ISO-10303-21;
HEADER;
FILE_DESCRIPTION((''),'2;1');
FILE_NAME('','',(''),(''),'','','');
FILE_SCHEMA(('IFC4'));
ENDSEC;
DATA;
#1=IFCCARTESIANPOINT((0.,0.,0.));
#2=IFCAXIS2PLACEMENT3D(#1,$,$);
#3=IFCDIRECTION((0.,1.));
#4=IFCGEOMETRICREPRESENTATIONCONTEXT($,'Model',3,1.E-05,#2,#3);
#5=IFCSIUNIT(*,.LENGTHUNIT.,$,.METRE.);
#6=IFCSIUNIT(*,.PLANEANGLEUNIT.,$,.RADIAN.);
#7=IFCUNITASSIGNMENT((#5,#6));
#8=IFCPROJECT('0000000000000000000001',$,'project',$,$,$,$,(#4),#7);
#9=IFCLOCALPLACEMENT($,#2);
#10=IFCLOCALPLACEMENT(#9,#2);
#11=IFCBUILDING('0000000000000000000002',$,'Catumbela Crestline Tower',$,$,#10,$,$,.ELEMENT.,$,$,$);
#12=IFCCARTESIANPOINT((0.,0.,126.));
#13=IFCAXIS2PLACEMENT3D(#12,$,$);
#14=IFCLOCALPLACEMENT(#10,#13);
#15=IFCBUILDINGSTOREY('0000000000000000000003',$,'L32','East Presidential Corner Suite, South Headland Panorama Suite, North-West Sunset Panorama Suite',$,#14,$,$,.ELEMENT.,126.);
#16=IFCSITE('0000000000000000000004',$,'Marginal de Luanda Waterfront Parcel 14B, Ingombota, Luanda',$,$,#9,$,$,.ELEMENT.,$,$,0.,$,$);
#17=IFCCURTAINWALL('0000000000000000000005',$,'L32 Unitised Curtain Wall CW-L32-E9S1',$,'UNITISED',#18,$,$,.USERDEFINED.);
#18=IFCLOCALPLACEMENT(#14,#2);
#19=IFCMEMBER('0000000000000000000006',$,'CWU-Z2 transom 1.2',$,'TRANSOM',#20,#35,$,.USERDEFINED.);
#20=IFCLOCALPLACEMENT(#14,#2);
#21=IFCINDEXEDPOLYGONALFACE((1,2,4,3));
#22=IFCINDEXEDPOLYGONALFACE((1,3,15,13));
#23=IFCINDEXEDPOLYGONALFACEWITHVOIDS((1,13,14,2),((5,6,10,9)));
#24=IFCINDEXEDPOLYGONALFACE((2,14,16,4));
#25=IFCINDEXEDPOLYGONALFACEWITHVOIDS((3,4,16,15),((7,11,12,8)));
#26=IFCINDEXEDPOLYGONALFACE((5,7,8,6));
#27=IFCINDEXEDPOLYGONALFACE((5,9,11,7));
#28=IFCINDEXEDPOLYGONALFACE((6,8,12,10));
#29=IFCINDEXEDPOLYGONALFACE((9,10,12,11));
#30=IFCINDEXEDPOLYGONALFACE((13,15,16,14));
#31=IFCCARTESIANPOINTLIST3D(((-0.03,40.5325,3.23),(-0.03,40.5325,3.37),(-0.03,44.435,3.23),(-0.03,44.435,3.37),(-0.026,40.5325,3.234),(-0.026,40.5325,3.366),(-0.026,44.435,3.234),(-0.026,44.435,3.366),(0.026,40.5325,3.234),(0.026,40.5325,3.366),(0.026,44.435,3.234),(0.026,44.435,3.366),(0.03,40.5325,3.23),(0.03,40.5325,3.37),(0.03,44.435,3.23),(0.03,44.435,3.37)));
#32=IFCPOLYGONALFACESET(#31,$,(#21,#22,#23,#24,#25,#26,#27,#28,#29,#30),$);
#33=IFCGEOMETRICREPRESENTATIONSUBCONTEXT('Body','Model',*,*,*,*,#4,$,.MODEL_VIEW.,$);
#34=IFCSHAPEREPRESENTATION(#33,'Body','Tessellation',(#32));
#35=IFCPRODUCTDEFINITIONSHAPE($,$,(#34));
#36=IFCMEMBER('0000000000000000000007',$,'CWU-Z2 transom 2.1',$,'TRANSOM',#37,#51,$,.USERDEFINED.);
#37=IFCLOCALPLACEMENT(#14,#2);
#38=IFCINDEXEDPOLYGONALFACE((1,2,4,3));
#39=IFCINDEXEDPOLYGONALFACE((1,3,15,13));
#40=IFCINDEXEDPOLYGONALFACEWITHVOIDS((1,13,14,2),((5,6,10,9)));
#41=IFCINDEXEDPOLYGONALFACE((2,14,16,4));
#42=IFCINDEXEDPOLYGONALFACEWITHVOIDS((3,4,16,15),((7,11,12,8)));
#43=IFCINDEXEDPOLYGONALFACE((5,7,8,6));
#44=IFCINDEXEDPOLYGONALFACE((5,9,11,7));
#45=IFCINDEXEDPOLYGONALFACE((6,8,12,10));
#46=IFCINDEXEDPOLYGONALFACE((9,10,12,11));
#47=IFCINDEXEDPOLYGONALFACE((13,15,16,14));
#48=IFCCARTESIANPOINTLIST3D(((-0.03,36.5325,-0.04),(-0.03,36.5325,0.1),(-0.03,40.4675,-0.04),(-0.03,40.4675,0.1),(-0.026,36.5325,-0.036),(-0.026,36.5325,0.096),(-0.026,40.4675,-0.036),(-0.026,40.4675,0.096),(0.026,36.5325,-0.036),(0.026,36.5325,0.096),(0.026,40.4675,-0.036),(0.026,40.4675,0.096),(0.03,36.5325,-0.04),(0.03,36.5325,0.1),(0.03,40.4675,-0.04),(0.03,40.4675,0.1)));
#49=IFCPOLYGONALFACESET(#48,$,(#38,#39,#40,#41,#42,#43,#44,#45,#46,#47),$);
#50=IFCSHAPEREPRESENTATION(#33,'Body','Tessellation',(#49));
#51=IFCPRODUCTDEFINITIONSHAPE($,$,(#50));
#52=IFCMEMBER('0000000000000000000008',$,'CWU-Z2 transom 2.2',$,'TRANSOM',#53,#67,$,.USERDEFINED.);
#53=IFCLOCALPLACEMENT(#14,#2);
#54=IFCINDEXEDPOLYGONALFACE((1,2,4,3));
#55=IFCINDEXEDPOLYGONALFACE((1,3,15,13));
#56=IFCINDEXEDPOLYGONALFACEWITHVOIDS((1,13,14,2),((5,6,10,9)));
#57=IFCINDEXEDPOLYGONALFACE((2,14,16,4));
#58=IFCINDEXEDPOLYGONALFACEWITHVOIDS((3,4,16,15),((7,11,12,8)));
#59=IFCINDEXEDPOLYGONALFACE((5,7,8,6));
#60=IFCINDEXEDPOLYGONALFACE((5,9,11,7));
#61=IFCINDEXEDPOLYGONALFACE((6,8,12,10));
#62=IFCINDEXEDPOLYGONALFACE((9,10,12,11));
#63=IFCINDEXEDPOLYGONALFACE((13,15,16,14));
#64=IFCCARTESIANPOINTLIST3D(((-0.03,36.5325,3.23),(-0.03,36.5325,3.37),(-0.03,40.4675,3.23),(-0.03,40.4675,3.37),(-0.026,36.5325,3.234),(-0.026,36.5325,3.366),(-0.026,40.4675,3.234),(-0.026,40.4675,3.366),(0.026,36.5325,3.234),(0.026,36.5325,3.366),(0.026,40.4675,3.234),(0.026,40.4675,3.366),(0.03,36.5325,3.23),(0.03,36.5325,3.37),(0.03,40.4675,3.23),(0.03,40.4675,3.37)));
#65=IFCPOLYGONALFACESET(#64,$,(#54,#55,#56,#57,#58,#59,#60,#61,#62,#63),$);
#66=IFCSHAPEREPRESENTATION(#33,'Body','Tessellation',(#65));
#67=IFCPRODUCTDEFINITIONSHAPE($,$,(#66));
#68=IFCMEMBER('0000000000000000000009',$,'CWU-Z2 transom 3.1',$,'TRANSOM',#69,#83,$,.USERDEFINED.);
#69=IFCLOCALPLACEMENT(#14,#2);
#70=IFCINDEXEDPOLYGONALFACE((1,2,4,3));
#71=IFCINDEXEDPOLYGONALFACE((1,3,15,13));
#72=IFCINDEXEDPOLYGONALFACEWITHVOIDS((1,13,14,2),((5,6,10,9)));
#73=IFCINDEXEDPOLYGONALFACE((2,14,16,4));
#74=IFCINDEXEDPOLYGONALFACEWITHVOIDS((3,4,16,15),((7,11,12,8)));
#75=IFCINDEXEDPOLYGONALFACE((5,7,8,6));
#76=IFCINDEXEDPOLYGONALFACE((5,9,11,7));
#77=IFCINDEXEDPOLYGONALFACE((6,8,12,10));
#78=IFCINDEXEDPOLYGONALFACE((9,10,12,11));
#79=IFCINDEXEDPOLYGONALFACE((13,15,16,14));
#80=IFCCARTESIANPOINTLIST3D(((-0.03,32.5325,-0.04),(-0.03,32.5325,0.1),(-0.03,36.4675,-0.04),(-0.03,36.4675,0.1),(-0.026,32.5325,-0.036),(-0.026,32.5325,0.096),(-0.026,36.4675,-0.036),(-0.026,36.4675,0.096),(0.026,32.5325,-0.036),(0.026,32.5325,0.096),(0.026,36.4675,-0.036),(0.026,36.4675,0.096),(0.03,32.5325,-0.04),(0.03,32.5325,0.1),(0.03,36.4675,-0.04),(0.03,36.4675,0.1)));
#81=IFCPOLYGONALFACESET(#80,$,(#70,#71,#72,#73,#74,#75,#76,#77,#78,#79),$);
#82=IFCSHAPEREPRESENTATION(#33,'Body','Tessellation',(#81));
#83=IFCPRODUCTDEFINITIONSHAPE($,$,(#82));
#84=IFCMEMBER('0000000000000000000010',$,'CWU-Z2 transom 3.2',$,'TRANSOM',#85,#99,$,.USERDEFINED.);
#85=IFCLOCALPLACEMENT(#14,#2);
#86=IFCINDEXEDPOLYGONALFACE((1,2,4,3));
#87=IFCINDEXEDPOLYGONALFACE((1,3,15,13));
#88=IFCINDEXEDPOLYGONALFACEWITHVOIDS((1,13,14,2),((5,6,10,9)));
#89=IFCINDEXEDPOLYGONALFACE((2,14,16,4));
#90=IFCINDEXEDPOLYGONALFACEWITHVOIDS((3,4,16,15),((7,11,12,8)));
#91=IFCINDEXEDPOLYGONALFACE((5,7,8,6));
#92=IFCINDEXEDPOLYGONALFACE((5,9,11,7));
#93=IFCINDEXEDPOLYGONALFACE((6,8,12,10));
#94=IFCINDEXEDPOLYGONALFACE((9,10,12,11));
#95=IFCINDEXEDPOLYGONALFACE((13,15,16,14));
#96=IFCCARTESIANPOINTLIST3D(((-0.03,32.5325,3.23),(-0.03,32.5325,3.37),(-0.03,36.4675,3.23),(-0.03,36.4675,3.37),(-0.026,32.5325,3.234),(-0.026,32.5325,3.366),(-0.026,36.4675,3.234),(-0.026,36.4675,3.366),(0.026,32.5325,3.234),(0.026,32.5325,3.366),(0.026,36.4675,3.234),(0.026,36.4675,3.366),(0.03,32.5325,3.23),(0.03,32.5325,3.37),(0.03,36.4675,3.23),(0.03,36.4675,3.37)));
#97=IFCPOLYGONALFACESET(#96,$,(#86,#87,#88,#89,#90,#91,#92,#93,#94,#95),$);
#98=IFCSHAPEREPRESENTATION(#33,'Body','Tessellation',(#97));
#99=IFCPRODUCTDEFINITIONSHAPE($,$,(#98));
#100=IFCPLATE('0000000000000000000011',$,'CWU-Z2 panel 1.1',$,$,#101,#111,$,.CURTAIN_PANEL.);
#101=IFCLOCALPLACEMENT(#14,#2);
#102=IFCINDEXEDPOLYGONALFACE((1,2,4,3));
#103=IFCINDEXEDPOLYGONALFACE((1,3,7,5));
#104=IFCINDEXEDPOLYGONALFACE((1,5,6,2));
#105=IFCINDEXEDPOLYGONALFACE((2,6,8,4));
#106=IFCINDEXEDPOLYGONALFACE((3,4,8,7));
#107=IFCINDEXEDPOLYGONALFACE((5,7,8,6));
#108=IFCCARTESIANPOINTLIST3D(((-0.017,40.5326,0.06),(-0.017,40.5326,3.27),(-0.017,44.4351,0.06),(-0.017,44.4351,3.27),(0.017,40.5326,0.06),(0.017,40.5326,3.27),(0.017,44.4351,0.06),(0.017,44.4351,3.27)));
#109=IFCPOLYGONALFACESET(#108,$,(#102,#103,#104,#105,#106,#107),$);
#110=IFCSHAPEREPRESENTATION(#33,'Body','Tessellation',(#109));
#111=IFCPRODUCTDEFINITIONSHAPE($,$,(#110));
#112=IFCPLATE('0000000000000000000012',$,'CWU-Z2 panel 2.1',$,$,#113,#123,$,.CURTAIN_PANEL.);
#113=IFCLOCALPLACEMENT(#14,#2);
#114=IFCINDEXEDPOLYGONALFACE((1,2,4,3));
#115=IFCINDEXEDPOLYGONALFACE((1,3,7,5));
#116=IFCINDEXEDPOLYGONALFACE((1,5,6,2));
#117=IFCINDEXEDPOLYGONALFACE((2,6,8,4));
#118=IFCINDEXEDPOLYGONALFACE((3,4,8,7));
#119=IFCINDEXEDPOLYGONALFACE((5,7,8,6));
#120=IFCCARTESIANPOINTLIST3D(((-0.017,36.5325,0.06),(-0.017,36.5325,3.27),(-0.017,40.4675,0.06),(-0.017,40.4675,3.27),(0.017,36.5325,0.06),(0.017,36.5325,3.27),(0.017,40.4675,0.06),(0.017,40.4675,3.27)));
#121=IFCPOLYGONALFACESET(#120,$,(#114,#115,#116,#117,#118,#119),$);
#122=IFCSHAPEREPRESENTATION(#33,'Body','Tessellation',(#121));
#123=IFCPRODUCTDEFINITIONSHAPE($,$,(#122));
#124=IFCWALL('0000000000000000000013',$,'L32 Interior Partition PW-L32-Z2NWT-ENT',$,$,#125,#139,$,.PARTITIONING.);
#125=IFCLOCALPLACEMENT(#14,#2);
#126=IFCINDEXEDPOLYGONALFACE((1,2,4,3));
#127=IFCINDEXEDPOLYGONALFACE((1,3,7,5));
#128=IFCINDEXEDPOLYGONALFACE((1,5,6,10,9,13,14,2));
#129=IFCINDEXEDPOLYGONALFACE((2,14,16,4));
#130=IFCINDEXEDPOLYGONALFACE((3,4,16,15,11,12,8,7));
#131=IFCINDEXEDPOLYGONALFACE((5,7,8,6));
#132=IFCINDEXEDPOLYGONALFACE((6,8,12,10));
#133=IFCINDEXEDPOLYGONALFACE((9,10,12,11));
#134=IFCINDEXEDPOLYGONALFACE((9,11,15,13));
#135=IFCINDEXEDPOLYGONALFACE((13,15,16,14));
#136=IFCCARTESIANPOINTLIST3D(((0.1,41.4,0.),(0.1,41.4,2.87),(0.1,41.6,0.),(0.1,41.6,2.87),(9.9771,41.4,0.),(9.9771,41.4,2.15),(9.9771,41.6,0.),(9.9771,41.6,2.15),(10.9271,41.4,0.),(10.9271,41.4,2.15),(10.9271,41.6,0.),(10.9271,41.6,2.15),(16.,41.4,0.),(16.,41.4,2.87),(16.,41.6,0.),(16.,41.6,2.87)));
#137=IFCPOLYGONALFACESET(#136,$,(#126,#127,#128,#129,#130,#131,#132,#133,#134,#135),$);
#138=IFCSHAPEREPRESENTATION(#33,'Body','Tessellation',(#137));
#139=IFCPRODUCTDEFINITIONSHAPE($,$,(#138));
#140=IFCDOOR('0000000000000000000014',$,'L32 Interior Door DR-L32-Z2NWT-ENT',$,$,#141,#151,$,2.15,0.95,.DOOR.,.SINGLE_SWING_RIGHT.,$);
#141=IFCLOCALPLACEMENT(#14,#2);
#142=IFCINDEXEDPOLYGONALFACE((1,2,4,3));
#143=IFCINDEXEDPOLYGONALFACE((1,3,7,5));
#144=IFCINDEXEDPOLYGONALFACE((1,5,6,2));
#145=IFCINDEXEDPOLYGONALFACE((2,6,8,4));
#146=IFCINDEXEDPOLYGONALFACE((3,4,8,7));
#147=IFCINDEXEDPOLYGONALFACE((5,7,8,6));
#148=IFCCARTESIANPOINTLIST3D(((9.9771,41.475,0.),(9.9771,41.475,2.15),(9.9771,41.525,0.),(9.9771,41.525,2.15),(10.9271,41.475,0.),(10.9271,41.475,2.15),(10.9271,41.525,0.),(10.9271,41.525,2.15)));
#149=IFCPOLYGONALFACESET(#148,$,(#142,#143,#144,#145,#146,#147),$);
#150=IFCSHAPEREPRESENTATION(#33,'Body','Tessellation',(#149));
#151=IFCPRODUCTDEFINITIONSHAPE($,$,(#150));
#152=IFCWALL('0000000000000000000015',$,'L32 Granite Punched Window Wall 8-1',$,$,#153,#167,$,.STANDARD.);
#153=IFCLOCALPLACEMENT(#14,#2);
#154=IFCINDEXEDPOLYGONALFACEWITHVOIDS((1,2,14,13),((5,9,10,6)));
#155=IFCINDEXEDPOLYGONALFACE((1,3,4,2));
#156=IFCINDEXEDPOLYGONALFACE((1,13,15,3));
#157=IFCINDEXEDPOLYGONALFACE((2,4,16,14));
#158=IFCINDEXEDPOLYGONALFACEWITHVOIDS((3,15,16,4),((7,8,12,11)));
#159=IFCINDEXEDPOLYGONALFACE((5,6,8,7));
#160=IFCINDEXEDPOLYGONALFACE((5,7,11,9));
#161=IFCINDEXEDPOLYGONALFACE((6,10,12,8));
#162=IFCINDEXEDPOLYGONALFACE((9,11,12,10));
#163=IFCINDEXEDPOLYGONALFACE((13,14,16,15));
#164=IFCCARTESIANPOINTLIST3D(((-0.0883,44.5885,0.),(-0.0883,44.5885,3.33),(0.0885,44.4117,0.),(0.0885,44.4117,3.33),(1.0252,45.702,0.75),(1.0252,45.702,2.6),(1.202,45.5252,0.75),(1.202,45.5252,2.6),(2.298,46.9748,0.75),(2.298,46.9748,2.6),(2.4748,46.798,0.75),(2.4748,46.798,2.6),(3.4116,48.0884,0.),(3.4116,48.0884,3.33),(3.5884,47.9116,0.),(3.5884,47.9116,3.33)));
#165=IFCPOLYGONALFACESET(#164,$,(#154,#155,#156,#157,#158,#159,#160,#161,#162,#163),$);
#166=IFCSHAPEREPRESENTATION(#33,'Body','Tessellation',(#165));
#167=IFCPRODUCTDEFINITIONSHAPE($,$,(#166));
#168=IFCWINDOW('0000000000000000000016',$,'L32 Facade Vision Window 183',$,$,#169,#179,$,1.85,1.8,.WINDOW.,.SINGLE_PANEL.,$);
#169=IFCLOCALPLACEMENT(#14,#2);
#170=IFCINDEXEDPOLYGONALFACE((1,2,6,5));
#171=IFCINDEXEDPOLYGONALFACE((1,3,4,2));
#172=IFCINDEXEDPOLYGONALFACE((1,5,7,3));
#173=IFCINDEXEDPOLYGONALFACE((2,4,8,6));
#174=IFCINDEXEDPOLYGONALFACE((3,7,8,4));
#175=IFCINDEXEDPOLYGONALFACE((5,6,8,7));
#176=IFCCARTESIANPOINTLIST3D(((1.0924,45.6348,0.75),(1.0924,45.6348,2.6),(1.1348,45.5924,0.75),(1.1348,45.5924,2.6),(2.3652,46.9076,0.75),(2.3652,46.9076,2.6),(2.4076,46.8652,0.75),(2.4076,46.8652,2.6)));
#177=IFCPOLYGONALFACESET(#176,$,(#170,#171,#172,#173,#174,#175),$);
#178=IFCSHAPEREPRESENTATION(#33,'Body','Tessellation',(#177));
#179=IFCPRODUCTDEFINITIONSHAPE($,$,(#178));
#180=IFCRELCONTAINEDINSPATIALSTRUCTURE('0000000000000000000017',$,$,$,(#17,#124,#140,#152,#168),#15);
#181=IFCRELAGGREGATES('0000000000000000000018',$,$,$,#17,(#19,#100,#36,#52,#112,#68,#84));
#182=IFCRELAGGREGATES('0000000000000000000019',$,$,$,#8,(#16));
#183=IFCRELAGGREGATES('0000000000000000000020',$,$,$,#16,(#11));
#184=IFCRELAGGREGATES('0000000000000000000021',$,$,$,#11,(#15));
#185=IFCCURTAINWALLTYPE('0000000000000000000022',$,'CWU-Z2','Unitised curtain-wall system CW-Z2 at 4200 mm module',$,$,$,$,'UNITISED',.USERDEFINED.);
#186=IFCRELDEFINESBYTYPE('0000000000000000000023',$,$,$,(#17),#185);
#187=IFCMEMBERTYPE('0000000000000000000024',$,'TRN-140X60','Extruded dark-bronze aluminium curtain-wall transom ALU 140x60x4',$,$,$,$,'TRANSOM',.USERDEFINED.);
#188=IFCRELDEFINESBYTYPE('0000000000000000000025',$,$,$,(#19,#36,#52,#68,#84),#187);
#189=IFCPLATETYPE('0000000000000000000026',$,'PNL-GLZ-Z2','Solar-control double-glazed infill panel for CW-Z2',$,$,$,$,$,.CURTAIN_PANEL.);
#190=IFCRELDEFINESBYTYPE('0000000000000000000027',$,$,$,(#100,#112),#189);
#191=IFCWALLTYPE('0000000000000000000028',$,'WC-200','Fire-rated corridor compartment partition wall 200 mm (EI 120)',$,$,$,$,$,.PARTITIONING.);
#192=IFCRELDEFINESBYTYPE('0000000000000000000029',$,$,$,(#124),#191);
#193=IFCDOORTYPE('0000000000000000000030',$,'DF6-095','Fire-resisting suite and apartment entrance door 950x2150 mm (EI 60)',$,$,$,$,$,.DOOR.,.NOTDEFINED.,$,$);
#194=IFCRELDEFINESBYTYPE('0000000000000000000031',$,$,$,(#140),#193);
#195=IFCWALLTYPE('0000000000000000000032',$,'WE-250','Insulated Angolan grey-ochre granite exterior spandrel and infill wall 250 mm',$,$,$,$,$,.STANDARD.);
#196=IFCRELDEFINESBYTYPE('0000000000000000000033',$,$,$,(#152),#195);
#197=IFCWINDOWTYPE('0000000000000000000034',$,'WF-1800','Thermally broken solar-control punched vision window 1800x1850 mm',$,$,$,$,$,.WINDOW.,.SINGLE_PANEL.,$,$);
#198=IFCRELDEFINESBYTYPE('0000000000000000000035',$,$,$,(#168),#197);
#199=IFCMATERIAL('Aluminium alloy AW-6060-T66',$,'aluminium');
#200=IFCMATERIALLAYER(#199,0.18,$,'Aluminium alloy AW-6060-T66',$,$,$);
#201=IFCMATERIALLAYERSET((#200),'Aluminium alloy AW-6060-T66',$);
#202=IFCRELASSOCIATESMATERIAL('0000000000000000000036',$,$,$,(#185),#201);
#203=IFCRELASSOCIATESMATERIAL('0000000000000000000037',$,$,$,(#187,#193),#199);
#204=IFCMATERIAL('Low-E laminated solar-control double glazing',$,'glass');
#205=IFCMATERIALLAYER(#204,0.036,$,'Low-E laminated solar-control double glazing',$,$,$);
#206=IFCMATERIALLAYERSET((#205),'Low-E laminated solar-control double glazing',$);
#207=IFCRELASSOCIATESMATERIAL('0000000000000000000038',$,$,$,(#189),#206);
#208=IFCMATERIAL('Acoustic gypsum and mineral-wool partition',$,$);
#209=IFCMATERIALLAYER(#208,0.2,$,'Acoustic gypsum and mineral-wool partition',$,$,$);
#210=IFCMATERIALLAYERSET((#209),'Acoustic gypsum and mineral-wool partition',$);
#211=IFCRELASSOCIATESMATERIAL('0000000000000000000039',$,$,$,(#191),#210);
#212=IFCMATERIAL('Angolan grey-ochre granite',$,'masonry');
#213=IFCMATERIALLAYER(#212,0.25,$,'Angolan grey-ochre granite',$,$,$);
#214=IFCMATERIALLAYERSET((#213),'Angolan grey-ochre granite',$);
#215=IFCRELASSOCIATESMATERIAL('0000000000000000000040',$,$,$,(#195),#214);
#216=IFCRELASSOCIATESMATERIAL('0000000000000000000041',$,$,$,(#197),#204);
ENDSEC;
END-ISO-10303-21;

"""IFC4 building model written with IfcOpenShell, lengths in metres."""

from ifc_helpers import new_model, si_unit, direction, frame, frame_2d, origin, origin_2d, place, context, subcontext, project, spatial, rectangle, hollow_rectangle, extrude, material, layer, layer_set, material_profile, profile_set, type_object, element, fill, aggregate, save


model = new_model("IFC4")

# Units and contexts
model_context = context("Model", 3, precision=1e-05, world=origin(), true_north=direction((0.0, 1.0)))
body_context = subcontext(model_context, "Body", "Model", "MODEL_VIEW")
ifc_project = project(units=[si_unit("LENGTHUNIT", "METRE"), si_unit("PLANEANGLEUNIT", "RADIAN")], contexts=[model_context])

# Site, building, storey
site_placement = place(None, origin())
site = spatial("IfcSite", under=ifc_project, at=site_placement, Name="Marginal de Luanda Waterfront Parcel 14B, Ingombota, Luanda", CompositionType="ELEMENT", RefElevation=0.0)
building_placement = place(site_placement, origin())
building = spatial("IfcBuilding", under=site, at=building_placement, Name="Catumbela Crestline Tower", CompositionType="ELEMENT")
storey_placement = place(building_placement, frame((0.0, 0.0, 126.0)))
storey = spatial("IfcBuildingStorey", under=building, at=storey_placement, Name="L32", Description="East Presidential Corner Suite, South Headland Panorama Suite, North-West Sunset Panorama Suite", CompositionType="ELEMENT", Elevation=126.0)

# Shared definitions
ifc_material_1 = material(Name="Aluminium alloy AW-6060-T66", Category="aluminium")
ifc_layer_1 = layer(ifc_material_1, 0.18, Name="Aluminium alloy AW-6060-T66")
ifc_layer_set_1 = layer_set([ifc_layer_1], Name="Aluminium alloy AW-6060-T66")
curtain_wall_type = type_object("IfcCurtainWallType", Name="CWU-Z2", Description="Unitised curtain-wall system CW-Z2 at 4200 mm module", ElementType="UNITISED", PredefinedType="USERDEFINED", material=ifc_layer_set_1)

# Curtain wall
curtain_wall_1_placement = place(storey_placement, origin())
curtain_wall_1 = element("IfcCurtainWall", 1, at=curtain_wall_1_placement, inside=storey, type_object=curtain_wall_type, Name="L32 Unitised Curtain Wall CW-L32-E9S1", ObjectType="UNITISED", PredefinedType="USERDEFINED")

# Members
ifc_material_profile_1 = material_profile(ifc_material_1, hollow_rectangle(XDim=0.06, YDim=0.14, WallThickness=0.004, at=origin_2d()), Name="ALU 140x60x4")
ifc_profile_set_1 = profile_set([ifc_material_profile_1], Name="Aluminium alloy AW-6060-T66")
member_type_1 = type_object("IfcMemberType", Name="TRN-140X60", Description="Extruded dark-bronze aluminium curtain-wall transom ALU 140x60x4", ElementType="TRANSOM", PredefinedType="USERDEFINED", material=ifc_profile_set_1)
member_1_placement = place(storey_placement, frame((0.0, 44.435, 3.3), z_axis=(0.0, -1.0, 0.0), x_axis=(1.0, 0.0, 0.0)))
member_1 = element("IfcMember", 2, at=member_1_placement, type_object=member_type_1, Name="CWU-Z2 transom 1.2", ObjectType="TRANSOM", PredefinedType="USERDEFINED", context=body_context, shape_type="SweptSolid", body=[
    extrude(hollow_rectangle(XDim=0.06, YDim=0.14, WallThickness=0.004, at=origin_2d()), origin(), (0.0, 0.0, 1.0), 3.9025),
])
member_2_placement = place(storey_placement, frame((0.0, 40.4675, 0.03), z_axis=(0.0, -1.0, 0.0), x_axis=(1.0, 0.0, 0.0)))
member_2 = element("IfcMember", 3, at=member_2_placement, type_object=member_type_1, Name="CWU-Z2 transom 2.1", ObjectType="TRANSOM", PredefinedType="USERDEFINED", context=body_context, shape_type="SweptSolid", body=[
    extrude(hollow_rectangle(XDim=0.06, YDim=0.14, WallThickness=0.004, at=origin_2d()), origin(), (0.0, 0.0, 1.0), 3.935),
])
member_3_placement = place(storey_placement, frame((0.0, 40.4675, 3.3), z_axis=(0.0, -1.0, 0.0), x_axis=(1.0, 0.0, 0.0)))
member_3 = element("IfcMember", 4, at=member_3_placement, type_object=member_type_1, Name="CWU-Z2 transom 2.2", ObjectType="TRANSOM", PredefinedType="USERDEFINED", context=body_context, shape_type="SweptSolid", body=[
    extrude(hollow_rectangle(XDim=0.06, YDim=0.14, WallThickness=0.004, at=origin_2d()), origin(), (0.0, 0.0, 1.0), 3.935),
])
member_4_placement = place(storey_placement, frame((0.0, 36.4675, 0.03), z_axis=(0.0, -1.0, 0.0), x_axis=(1.0, 0.0, 0.0)))
member_4 = element("IfcMember", 5, at=member_4_placement, type_object=member_type_1, Name="CWU-Z2 transom 3.1", ObjectType="TRANSOM", PredefinedType="USERDEFINED", context=body_context, shape_type="SweptSolid", body=[
    extrude(hollow_rectangle(XDim=0.06, YDim=0.14, WallThickness=0.004, at=origin_2d()), origin(), (0.0, 0.0, 1.0), 3.935),
])
member_5_placement = place(storey_placement, frame((0.0, 36.4675, 3.3), z_axis=(0.0, -1.0, 0.0), x_axis=(1.0, 0.0, 0.0)))
member_5 = element("IfcMember", 6, at=member_5_placement, type_object=member_type_1, Name="CWU-Z2 transom 3.2", ObjectType="TRANSOM", PredefinedType="USERDEFINED", context=body_context, shape_type="SweptSolid", body=[
    extrude(hollow_rectangle(XDim=0.06, YDim=0.14, WallThickness=0.004, at=origin_2d()), origin(), (0.0, 0.0, 1.0), 3.935),
])

# Plates
ifc_material_2 = material(Name="Low-E laminated solar-control double glazing", Category="glass")
ifc_layer_2 = layer(ifc_material_2, 0.036, Name="Low-E laminated solar-control double glazing")
ifc_layer_set_2 = layer_set([ifc_layer_2], Name="Low-E laminated solar-control double glazing")
plate_type = type_object("IfcPlateType", Name="PNL-GLZ-Z2", Description="Solar-control double-glazed infill panel for CW-Z2", PredefinedType="CURTAIN_PANEL", material=ifc_layer_set_2)
plate_1_placement = place(storey_placement, frame((0.0, 42.4838, 0.06), z_axis=(0.0, 0.0, 1.0), x_axis=(0.0, -1.0, 0.0)))
plate_1 = element("IfcPlate", 7, at=plate_1_placement, type_object=plate_type, Name="CWU-Z2 panel 1.1", PredefinedType="CURTAIN_PANEL", context=body_context, shape_type="SweptSolid", body=[
    extrude(rectangle(XDim=3.9025, YDim=0.034, at=origin_2d()), origin(), (0.0, 0.0, 1.0), 3.21),
])
plate_2_placement = place(storey_placement, frame((0.0, 38.5, 0.06), z_axis=(0.0, 0.0, 1.0), x_axis=(0.0, -1.0, 0.0)))
plate_2 = element("IfcPlate", 8, at=plate_2_placement, type_object=plate_type, Name="CWU-Z2 panel 2.1", PredefinedType="CURTAIN_PANEL", context=body_context, shape_type="SweptSolid", body=[
    extrude(rectangle(XDim=3.935, YDim=0.034, at=origin_2d()), origin(), (0.0, 0.0, 1.0), 3.21),
])
aggregate(curtain_wall_1, [member_1, plate_1, member_2, member_3, plate_2, member_4, member_5])

# Wall, opening, door
ifc_material_3 = material(Name="Acoustic gypsum and mineral-wool partition")
ifc_layer_3 = layer(ifc_material_3, 0.2, Name="Acoustic gypsum and mineral-wool partition")
ifc_layer_set_3 = layer_set([ifc_layer_3], Name="Acoustic gypsum and mineral-wool partition")
wall_type_1 = type_object("IfcWallType", Name="WC-200", Description="Fire-rated corridor compartment partition wall 200 mm (EI 120)", PredefinedType="PARTITIONING", material=ifc_layer_set_3)
wall_1_placement = place(storey_placement, frame((0.1, 41.5, 0.0), z_axis=(0.0, 0.0, 1.0), x_axis=(1.0, 0.0, 0.0)))
wall_1 = element("IfcWall", 9, at=wall_1_placement, inside=storey, type_object=wall_type_1, Name="L32 Interior Partition PW-L32-Z2NWT-ENT", PredefinedType="PARTITIONING", context=body_context, shape_type="SweptSolid", body=[
    extrude(rectangle(XDim=15.9, YDim=0.2, at=frame_2d((7.95, 0.0))), origin(), (0.0, 0.0, 1.0), 2.87),
])
opening_1_placement = place(wall_1_placement, frame((9.8771, 0.0, 0.0)))
opening_1 = element("IfcOpeningElement", 10, at=opening_1_placement, cuts=wall_1, PredefinedType="OPENING", context=body_context, shape_type="SweptSolid", body=[
    extrude(rectangle(XDim=0.95, YDim=2.15, at=frame_2d((0.475, 1.075))), frame((0.0, 0.11, 0.0), z_axis=(0.0, -1.0, 0.0), x_axis=(1.0, 0.0, 0.0)), (0.0, 0.0, 1.0), 0.22),
])
door_type_1 = type_object("IfcDoorType", Name="DF6-095", Description="Fire-resisting suite and apartment entrance door 950x2150 mm (EI 60)", OperationType="NOTDEFINED", PredefinedType="DOOR", material=ifc_material_1)
door_1_placement = place(opening_1_placement, origin())
door_1 = element("IfcDoor", 11, at=door_1_placement, inside=storey, type_object=door_type_1, Name="L32 Interior Door DR-L32-Z2NWT-ENT", OperationType="SINGLE_SWING_RIGHT", OverallHeight=2.15, OverallWidth=0.95, PredefinedType="DOOR", context=body_context, shape_type="SweptSolid", body=[
    extrude(rectangle(XDim=0.95, YDim=2.15, at=frame_2d((0.475, 1.075))), frame((0.0, 0.025, 0.0), z_axis=(0.0, -1.0, 0.0), x_axis=(1.0, 0.0, 0.0)), (0.0, 0.0, 1.0), 0.05),
])
fill(opening_1, door_1)

# Wall, opening, window
ifc_material_4 = material(Name="Angolan grey-ochre granite", Category="masonry")
ifc_layer_4 = layer(ifc_material_4, 0.25, Name="Angolan grey-ochre granite")
ifc_layer_set_4 = layer_set([ifc_layer_4], Name="Angolan grey-ochre granite")
wall_type_2 = type_object("IfcWallType", Name="WE-250", Description="Insulated Angolan grey-ochre granite exterior spandrel and infill wall 250 mm", PredefinedType="STANDARD", material=ifc_layer_set_4)
wall_2_placement = place(storey_placement, frame((3.5, 48.0, 0.0), z_axis=(0.0, 0.0, 1.0), x_axis=(-0.707107, -0.707107, 0.0)))
wall_2 = element("IfcWall", 12, at=wall_2_placement, inside=storey, type_object=wall_type_2, Name="L32 Granite Punched Window Wall 8-1", PredefinedType="STANDARD", context=body_context, shape_type="SweptSolid", body=[
    extrude(rectangle(XDim=4.9497, YDim=0.25, at=frame_2d((2.4748, 0.0))), origin(), (0.0, 0.0, 1.0), 3.33),
])
opening_2_placement = place(wall_2_placement, frame((1.5749, 0.0, 0.75)))
opening_2 = element("IfcOpeningElement", 13, at=opening_2_placement, cuts=wall_2, PredefinedType="OPENING", context=body_context, shape_type="SweptSolid", body=[
    extrude(rectangle(XDim=1.8, YDim=1.85, at=frame_2d((0.9, 0.925))), frame((0.0, 0.135, 0.0), z_axis=(0.0, -1.0, 0.0), x_axis=(1.0, 0.0, 0.0)), (0.0, 0.0, 1.0), 0.27),
])
window_type = type_object("IfcWindowType", Name="WF-1800", Description="Thermally broken solar-control punched vision window 1800x1850 mm", PartitioningType="SINGLE_PANEL", PredefinedType="WINDOW", material=ifc_material_2)
window_placement = place(opening_2_placement, origin())
window = element("IfcWindow", 14, at=window_placement, inside=storey, type_object=window_type, Name="L32 Facade Vision Window 183", OverallHeight=1.85, OverallWidth=1.8, PartitioningType="SINGLE_PANEL", PredefinedType="WINDOW", context=body_context, shape_type="SweptSolid", body=[
    extrude(rectangle(XDim=1.8, YDim=1.85, at=frame_2d((0.9, 0.925))), frame((0.0, 0.03, 0.0), z_axis=(0.0, -1.0, 0.0), x_axis=(1.0, 0.0, 0.0)), (0.0, 0.0, 1.0), 0.06),
])
fill(opening_2, window)

save(model, "model.ifc")
